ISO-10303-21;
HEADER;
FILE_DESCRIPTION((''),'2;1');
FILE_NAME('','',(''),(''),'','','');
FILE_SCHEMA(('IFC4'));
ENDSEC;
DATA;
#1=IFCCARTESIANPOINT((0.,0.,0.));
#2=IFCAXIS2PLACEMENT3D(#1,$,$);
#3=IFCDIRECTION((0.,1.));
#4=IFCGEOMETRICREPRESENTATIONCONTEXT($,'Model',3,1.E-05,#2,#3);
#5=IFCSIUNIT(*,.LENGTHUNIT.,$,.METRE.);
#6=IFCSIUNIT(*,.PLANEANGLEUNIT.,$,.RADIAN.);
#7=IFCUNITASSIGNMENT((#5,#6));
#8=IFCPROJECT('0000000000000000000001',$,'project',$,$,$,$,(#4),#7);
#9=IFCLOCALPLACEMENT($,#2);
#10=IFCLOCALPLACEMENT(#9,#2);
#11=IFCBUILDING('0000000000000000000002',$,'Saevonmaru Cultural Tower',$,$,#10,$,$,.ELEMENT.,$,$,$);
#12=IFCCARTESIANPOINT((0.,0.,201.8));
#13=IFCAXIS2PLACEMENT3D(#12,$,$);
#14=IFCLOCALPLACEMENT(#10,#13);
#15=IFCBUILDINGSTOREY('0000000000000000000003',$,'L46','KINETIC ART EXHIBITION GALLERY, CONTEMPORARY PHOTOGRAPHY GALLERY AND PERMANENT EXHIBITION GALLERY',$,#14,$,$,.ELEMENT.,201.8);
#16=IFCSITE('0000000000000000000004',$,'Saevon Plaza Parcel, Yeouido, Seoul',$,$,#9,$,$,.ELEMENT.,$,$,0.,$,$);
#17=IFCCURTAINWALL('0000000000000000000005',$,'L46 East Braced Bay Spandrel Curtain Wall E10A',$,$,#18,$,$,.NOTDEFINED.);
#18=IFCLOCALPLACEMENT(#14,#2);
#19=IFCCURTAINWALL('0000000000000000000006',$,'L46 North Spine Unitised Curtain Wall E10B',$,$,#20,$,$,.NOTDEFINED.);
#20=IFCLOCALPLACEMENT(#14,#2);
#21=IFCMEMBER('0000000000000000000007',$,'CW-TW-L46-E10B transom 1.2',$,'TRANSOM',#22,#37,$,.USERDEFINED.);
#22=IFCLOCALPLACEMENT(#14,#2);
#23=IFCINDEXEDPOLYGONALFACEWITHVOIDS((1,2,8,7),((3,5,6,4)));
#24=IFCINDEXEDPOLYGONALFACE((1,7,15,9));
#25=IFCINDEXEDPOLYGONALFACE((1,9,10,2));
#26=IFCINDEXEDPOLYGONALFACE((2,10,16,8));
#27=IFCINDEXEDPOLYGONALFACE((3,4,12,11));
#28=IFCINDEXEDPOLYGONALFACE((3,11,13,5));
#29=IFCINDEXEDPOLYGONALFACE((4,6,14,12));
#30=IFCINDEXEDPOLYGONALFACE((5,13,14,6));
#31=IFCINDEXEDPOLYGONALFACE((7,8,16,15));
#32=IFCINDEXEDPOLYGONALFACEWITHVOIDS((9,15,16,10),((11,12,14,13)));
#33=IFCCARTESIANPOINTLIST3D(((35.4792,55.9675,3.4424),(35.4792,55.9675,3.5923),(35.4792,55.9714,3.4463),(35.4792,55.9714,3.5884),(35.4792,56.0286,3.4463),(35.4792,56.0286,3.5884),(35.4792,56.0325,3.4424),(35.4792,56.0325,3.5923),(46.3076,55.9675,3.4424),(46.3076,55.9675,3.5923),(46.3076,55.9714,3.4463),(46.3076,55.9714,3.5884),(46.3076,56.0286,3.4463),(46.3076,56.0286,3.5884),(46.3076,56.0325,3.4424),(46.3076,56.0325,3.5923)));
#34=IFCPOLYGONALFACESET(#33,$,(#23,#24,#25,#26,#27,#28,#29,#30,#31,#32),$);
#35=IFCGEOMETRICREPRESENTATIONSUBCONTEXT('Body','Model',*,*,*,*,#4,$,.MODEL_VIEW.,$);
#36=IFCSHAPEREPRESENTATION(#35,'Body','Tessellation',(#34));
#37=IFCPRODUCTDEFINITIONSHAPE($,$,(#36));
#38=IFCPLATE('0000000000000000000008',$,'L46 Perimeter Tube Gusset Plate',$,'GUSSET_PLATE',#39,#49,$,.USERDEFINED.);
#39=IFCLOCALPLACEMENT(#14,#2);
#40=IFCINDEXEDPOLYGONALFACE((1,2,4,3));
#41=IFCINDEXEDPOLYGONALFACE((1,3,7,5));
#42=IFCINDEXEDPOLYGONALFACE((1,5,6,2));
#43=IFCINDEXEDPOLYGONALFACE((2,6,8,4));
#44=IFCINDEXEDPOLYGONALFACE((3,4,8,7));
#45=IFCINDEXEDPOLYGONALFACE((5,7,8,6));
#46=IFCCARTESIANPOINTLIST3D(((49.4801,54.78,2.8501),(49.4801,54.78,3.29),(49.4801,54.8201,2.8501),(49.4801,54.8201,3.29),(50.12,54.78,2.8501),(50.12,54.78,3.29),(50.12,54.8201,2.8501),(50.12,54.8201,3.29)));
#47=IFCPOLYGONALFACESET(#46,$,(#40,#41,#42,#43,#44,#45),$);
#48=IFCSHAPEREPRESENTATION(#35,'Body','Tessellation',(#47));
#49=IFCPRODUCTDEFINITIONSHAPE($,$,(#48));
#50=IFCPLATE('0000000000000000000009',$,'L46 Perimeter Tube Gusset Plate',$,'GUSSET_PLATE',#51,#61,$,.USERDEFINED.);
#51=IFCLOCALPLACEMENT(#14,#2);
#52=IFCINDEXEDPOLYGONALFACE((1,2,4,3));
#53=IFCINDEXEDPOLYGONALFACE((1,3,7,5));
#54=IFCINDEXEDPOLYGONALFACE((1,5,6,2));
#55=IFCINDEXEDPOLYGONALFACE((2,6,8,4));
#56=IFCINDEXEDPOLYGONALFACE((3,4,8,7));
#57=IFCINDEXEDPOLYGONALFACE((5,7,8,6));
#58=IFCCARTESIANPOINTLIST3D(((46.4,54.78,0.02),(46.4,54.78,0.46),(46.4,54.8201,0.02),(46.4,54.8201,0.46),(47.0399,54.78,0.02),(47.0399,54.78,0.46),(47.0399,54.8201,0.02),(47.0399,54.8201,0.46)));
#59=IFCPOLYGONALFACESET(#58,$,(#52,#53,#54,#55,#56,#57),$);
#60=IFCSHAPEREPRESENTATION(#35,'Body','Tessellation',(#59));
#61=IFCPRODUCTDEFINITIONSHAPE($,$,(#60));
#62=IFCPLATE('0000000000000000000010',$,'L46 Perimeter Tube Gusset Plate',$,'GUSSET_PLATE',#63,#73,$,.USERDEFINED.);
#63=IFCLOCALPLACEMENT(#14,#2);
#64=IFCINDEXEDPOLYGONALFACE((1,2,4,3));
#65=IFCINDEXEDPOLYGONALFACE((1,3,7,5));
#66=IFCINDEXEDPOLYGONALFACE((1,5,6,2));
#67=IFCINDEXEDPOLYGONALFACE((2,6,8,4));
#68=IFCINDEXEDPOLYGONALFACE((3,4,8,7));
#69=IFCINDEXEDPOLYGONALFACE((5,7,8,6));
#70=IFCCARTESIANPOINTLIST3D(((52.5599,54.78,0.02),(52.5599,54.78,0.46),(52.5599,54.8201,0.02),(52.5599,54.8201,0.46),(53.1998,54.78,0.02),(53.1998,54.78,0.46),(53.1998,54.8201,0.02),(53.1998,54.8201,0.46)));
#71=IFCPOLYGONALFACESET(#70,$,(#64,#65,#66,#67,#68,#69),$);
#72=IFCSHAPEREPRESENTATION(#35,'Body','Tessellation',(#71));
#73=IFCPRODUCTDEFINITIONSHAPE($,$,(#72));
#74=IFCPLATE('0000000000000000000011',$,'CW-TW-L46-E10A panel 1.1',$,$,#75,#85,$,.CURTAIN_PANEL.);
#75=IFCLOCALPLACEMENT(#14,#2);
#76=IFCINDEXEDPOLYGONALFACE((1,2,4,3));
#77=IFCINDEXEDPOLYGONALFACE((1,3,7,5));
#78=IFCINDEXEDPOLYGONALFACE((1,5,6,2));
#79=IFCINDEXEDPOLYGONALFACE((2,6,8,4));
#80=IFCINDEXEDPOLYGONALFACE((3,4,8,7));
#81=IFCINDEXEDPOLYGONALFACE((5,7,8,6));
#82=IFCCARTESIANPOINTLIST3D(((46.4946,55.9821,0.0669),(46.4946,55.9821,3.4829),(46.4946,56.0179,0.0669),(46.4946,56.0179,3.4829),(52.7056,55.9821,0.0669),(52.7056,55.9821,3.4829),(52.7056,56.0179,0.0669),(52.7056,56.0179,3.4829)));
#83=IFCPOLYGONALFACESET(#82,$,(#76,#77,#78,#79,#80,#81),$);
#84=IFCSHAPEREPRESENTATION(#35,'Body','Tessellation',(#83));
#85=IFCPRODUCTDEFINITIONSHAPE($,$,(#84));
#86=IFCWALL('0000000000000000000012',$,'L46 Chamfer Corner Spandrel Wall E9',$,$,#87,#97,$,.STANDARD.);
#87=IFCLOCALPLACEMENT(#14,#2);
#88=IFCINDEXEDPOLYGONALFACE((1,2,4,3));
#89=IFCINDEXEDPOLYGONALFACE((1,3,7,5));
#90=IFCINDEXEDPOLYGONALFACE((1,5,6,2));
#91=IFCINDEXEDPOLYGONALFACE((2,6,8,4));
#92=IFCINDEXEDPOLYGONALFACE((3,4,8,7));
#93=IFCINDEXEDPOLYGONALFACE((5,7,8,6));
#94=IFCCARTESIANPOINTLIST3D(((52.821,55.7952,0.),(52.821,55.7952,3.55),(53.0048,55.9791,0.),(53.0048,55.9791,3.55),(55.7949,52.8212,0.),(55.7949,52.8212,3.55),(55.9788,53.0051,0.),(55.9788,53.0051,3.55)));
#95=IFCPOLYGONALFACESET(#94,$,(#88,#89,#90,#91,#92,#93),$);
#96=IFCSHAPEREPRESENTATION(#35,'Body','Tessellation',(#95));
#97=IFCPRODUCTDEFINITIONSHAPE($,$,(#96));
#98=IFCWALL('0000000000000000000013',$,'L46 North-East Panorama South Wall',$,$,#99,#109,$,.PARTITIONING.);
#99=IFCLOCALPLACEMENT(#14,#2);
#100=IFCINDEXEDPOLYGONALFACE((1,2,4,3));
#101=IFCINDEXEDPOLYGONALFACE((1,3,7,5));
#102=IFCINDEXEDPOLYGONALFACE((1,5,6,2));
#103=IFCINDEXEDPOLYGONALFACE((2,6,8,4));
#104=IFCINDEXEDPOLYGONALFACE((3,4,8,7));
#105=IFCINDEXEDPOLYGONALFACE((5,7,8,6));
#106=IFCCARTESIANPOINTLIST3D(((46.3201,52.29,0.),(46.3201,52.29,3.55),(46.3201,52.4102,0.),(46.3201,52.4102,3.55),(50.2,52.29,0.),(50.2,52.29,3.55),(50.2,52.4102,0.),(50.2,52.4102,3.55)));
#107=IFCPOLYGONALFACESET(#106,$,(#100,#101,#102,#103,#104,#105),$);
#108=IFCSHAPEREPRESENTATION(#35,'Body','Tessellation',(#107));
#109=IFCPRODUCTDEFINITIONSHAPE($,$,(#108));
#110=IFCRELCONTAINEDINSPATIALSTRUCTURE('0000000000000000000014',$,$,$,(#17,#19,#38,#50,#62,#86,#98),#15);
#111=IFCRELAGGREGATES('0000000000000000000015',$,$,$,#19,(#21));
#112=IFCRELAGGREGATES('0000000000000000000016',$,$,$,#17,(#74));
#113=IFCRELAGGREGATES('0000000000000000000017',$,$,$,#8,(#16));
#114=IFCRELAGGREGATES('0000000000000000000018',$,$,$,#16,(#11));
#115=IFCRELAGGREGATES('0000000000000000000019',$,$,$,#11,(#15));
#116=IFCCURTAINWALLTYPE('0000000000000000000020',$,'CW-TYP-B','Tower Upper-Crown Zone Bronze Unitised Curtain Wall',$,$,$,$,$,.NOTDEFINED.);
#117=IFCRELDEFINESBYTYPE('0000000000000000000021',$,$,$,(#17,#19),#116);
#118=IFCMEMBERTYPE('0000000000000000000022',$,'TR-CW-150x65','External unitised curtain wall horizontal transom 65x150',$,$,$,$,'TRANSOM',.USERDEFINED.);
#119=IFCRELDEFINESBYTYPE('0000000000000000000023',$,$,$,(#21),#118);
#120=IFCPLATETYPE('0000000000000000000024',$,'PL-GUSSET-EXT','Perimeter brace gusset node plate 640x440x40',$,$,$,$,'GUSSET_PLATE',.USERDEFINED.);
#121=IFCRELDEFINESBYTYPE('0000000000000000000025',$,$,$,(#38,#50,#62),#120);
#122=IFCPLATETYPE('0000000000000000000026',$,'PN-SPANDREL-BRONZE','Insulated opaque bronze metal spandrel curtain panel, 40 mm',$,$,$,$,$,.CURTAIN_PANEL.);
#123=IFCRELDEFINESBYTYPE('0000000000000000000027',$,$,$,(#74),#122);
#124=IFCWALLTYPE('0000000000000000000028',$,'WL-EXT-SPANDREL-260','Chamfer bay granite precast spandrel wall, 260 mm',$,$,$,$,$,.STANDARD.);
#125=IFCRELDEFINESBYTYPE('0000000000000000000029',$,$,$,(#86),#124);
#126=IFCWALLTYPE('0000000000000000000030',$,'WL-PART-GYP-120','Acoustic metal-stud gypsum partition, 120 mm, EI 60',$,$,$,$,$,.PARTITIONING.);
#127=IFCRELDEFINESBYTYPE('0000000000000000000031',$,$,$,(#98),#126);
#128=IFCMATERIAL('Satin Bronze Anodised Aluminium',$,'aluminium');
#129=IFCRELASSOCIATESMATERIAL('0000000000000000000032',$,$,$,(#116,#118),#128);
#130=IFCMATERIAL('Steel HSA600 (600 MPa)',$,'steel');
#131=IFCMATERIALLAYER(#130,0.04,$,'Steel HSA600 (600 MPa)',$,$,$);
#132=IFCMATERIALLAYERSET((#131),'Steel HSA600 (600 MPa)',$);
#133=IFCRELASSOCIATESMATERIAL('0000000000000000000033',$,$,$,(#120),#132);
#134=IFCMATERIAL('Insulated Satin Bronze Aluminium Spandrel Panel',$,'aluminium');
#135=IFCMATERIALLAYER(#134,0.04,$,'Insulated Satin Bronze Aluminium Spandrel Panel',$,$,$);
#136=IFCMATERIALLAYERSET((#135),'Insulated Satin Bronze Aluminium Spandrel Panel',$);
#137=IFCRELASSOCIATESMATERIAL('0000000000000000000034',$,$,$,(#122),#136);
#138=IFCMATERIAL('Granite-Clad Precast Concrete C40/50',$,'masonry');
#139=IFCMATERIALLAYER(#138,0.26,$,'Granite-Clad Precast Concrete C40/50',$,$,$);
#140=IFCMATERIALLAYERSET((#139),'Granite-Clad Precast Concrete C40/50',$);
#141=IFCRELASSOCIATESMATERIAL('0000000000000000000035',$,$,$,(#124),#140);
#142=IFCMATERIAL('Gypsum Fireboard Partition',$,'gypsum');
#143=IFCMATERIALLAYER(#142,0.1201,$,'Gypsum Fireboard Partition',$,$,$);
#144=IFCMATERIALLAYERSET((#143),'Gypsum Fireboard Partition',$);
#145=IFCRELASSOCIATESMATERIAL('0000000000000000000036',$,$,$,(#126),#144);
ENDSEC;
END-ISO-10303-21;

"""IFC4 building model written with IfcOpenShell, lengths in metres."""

from ifc_helpers import new_model, si_unit, direction, frame, frame_2d, origin, origin_2d, place, context, subcontext, project, spatial, rectangle, hollow_rectangle, extrude, material, layer, layer_set, material_profile, profile_set, type_object, element, aggregate, save


model = new_model("IFC4")

# Units and contexts
model_context = context("Model", 3, precision=1e-05, world=origin(), true_north=direction((0.0, 1.0)))
body_context = subcontext(model_context, "Body", "Model", "MODEL_VIEW")
ifc_project = project(units=[si_unit("LENGTHUNIT", "METRE"), si_unit("PLANEANGLEUNIT", "RADIAN")], contexts=[model_context])

# Site, building, storey
site_placement = place(None, origin())
site = spatial("IfcSite", under=ifc_project, at=site_placement, Name="Saevon Plaza Parcel, Yeouido, Seoul", CompositionType="ELEMENT", RefElevation=0.0)
building_placement = place(site_placement, origin())
building = spatial("IfcBuilding", under=site, at=building_placement, Name="Saevonmaru Cultural Tower", CompositionType="ELEMENT")
storey_placement = place(building_placement, frame((0.0, 0.0, 201.8)))
storey = spatial("IfcBuildingStorey", under=building, at=storey_placement, Name="L46", Description="KINETIC ART EXHIBITION GALLERY, CONTEMPORARY PHOTOGRAPHY GALLERY AND PERMANENT EXHIBITION GALLERY", CompositionType="ELEMENT", Elevation=201.8)

# Shared definitions
ifc_material_1 = material(Name="Satin Bronze Anodised Aluminium", Category="aluminium")
curtain_wall_type = type_object("IfcCurtainWallType", Name="CW-TYP-B", Description="Tower Upper-Crown Zone Bronze Unitised Curtain Wall", PredefinedType="NOTDEFINED", material=ifc_material_1)

# Curtain wall
curtain_wall_1_placement = place(storey_placement, origin())
curtain_wall_1 = element("IfcCurtainWall", 1, at=curtain_wall_1_placement, inside=storey, type_object=curtain_wall_type, Name="L46 East Braced Bay Spandrel Curtain Wall E10A", PredefinedType="NOTDEFINED")

# Curtain wall
curtain_wall_2_placement = place(storey_placement, origin())
curtain_wall_2 = element("IfcCurtainWall", 2, at=curtain_wall_2_placement, inside=storey, type_object=curtain_wall_type, Name="L46 North Spine Unitised Curtain Wall E10B", PredefinedType="NOTDEFINED")

# Member
ifc_material_profile_1 = material_profile(ifc_material_1, hollow_rectangle(XDim=0.0649, YDim=0.1499, WallThickness=0.0039, at=origin_2d()), Name="ALU-TRAN-150x65x4")
ifc_profile_set_1 = profile_set([ifc_material_profile_1], Name="Satin Bronze Anodised Aluminium")
member_type_1 = type_object("IfcMemberType", Name="TR-CW-150x65", Description="External unitised curtain wall horizontal transom 65x150", ElementType="TRANSOM", PredefinedType="USERDEFINED", material=ifc_profile_set_1)
member_1_placement = place(storey_placement, frame((46.3076, 56.0, 3.5173), z_axis=(-1.0, 0.0, 0.0), x_axis=(0.0, -1.0, 0.0)))
member_1 = element("IfcMember", 3, at=member_1_placement, type_object=member_type_1, Name="CW-TW-L46-E10B transom 1.2", ObjectType="TRANSOM", PredefinedType="USERDEFINED", context=body_context, shape_type="SweptSolid", body=[
    extrude(hollow_rectangle(XDim=0.0649, YDim=0.1499, WallThickness=0.0039, at=origin_2d()), origin(), (0.0, 0.0, 1.0), 10.8284),
])
aggregate(curtain_wall_2, [member_1])

# Plates
ifc_material_2 = material(Name="Steel HSA600 (600 MPa)", Category="steel")
ifc_layer_1 = layer(ifc_material_2, 0.04, Name="Steel HSA600 (600 MPa)")
ifc_layer_set_1 = layer_set([ifc_layer_1], Name="Steel HSA600 (600 MPa)")
plate_type_1 = type_object("IfcPlateType", Name="PL-GUSSET-EXT", Description="Perimeter brace gusset node plate 640x440x40", ElementType="GUSSET_PLATE", PredefinedType="USERDEFINED", material=ifc_layer_set_1)
for number, where, z_axis, x_axis, name in (
    (4, (49.8, 54.8, 2.8501), (0.0, 0.0, 1.0), (1.0, 0.0, 0.0), "L46 Perimeter Tube Gusset Plate"),
    (5, (46.72, 54.8, 0.02), (0.0, 0.0, 1.0), (1.0, 0.0, 0.0), "L46 Perimeter Tube Gusset Plate"),
    (6, (52.8799, 54.8, 0.02), (0.0, 0.0, 1.0), (1.0, 0.0, 0.0), "L46 Perimeter Tube Gusset Plate"),
):
    element("IfcPlate", number, at=place(storey_placement, frame(where, z_axis=z_axis, x_axis=x_axis)), inside=storey, type_object=plate_type_1, Name=name, ObjectType="GUSSET_PLATE", PredefinedType="USERDEFINED", context=body_context, shape_type="SweptSolid", body=[
        extrude(rectangle(XDim=0.6399, YDim=0.04, at=origin_2d()), origin(), (0.0, 0.0, 1.0), 0.4399),
    ])

# Plate
ifc_material_3 = material(Name="Insulated Satin Bronze Aluminium Spandrel Panel", Category="aluminium")
ifc_layer_2 = layer(ifc_material_3, 0.04, Name="Insulated Satin Bronze Aluminium Spandrel Panel")
ifc_layer_set_2 = layer_set([ifc_layer_2], Name="Insulated Satin Bronze Aluminium Spandrel Panel")
plate_type_2 = type_object("IfcPlateType", Name="PN-SPANDREL-BRONZE", Description="Insulated opaque bronze metal spandrel curtain panel, 40 mm", PredefinedType="CURTAIN_PANEL", material=ifc_layer_set_2)
plate_placement = place(storey_placement, frame((49.6001, 56.0, 0.0669), z_axis=(0.0, 0.0, 1.0), x_axis=(-1.0, 0.0, 0.0)))
plate = element("IfcPlate", 7, at=plate_placement, type_object=plate_type_2, Name="CW-TW-L46-E10A panel 1.1", PredefinedType="CURTAIN_PANEL", context=body_context, shape_type="SweptSolid", body=[
    extrude(rectangle(XDim=6.2109, YDim=0.0359, at=origin_2d()), origin(), (0.0, 0.0, 1.0), 3.416),
])
aggregate(curtain_wall_1, [plate])

# Wall
ifc_material_4 = material(Name="Granite-Clad Precast Concrete C40/50", Category="masonry")
ifc_layer_3 = layer(ifc_material_4, 0.26, Name="Granite-Clad Precast Concrete C40/50")
ifc_layer_set_3 = layer_set([ifc_layer_3], Name="Granite-Clad Precast Concrete C40/50")
wall_type_1 = type_object("IfcWallType", Name="WL-EXT-SPANDREL-260", Description="Chamfer bay granite precast spandrel wall, 260 mm", PredefinedType="STANDARD", material=ifc_layer_set_3)
wall_1_placement = place(storey_placement, frame((55.887, 52.9131, 0.0), z_axis=(0.0, 0.0, 1.0), x_axis=(-0.707107, 0.707107, 0.0)))
element("IfcWall", 8, at=wall_1_placement, inside=storey, type_object=wall_type_1, Name="L46 Chamfer Corner Spandrel Wall E9", PredefinedType="STANDARD", context=body_context, shape_type="SweptSolid", body=[
    extrude(rectangle(XDim=4.2058, YDim=0.26, at=frame_2d((2.103, 0.0))), origin(), (0.0, 0.0, 1.0), 3.55),
])

# Shared definitions
ifc_material_5 = material(Name="Gypsum Fireboard Partition", Category="gypsum")

# Wall
ifc_layer_4 = layer(ifc_material_5, 0.1201, Name="Gypsum Fireboard Partition")
ifc_layer_set_4 = layer_set([ifc_layer_4], Name="Gypsum Fireboard Partition")
wall_type_2 = type_object("IfcWallType", Name="WL-PART-GYP-120", Description="Acoustic metal-stud gypsum partition, 120 mm, EI 60", PredefinedType="PARTITIONING", material=ifc_layer_set_4)
wall_2_placement = place(storey_placement, frame((46.3201, 52.3501, 0.0), z_axis=(0.0, 0.0, 1.0), x_axis=(1.0, 0.0, 0.0)))
element("IfcWall", 9, at=wall_2_placement, inside=storey, type_object=wall_type_2, Name="L46 North-East Panorama South Wall", PredefinedType="PARTITIONING", context=body_context, shape_type="SweptSolid", body=[
    extrude(rectangle(XDim=3.8799, YDim=0.1201, at=frame_2d((1.9399, 0.0))), origin(), (0.0, 0.0, 1.0), 3.55),
])

save(model, "model.ifc")
